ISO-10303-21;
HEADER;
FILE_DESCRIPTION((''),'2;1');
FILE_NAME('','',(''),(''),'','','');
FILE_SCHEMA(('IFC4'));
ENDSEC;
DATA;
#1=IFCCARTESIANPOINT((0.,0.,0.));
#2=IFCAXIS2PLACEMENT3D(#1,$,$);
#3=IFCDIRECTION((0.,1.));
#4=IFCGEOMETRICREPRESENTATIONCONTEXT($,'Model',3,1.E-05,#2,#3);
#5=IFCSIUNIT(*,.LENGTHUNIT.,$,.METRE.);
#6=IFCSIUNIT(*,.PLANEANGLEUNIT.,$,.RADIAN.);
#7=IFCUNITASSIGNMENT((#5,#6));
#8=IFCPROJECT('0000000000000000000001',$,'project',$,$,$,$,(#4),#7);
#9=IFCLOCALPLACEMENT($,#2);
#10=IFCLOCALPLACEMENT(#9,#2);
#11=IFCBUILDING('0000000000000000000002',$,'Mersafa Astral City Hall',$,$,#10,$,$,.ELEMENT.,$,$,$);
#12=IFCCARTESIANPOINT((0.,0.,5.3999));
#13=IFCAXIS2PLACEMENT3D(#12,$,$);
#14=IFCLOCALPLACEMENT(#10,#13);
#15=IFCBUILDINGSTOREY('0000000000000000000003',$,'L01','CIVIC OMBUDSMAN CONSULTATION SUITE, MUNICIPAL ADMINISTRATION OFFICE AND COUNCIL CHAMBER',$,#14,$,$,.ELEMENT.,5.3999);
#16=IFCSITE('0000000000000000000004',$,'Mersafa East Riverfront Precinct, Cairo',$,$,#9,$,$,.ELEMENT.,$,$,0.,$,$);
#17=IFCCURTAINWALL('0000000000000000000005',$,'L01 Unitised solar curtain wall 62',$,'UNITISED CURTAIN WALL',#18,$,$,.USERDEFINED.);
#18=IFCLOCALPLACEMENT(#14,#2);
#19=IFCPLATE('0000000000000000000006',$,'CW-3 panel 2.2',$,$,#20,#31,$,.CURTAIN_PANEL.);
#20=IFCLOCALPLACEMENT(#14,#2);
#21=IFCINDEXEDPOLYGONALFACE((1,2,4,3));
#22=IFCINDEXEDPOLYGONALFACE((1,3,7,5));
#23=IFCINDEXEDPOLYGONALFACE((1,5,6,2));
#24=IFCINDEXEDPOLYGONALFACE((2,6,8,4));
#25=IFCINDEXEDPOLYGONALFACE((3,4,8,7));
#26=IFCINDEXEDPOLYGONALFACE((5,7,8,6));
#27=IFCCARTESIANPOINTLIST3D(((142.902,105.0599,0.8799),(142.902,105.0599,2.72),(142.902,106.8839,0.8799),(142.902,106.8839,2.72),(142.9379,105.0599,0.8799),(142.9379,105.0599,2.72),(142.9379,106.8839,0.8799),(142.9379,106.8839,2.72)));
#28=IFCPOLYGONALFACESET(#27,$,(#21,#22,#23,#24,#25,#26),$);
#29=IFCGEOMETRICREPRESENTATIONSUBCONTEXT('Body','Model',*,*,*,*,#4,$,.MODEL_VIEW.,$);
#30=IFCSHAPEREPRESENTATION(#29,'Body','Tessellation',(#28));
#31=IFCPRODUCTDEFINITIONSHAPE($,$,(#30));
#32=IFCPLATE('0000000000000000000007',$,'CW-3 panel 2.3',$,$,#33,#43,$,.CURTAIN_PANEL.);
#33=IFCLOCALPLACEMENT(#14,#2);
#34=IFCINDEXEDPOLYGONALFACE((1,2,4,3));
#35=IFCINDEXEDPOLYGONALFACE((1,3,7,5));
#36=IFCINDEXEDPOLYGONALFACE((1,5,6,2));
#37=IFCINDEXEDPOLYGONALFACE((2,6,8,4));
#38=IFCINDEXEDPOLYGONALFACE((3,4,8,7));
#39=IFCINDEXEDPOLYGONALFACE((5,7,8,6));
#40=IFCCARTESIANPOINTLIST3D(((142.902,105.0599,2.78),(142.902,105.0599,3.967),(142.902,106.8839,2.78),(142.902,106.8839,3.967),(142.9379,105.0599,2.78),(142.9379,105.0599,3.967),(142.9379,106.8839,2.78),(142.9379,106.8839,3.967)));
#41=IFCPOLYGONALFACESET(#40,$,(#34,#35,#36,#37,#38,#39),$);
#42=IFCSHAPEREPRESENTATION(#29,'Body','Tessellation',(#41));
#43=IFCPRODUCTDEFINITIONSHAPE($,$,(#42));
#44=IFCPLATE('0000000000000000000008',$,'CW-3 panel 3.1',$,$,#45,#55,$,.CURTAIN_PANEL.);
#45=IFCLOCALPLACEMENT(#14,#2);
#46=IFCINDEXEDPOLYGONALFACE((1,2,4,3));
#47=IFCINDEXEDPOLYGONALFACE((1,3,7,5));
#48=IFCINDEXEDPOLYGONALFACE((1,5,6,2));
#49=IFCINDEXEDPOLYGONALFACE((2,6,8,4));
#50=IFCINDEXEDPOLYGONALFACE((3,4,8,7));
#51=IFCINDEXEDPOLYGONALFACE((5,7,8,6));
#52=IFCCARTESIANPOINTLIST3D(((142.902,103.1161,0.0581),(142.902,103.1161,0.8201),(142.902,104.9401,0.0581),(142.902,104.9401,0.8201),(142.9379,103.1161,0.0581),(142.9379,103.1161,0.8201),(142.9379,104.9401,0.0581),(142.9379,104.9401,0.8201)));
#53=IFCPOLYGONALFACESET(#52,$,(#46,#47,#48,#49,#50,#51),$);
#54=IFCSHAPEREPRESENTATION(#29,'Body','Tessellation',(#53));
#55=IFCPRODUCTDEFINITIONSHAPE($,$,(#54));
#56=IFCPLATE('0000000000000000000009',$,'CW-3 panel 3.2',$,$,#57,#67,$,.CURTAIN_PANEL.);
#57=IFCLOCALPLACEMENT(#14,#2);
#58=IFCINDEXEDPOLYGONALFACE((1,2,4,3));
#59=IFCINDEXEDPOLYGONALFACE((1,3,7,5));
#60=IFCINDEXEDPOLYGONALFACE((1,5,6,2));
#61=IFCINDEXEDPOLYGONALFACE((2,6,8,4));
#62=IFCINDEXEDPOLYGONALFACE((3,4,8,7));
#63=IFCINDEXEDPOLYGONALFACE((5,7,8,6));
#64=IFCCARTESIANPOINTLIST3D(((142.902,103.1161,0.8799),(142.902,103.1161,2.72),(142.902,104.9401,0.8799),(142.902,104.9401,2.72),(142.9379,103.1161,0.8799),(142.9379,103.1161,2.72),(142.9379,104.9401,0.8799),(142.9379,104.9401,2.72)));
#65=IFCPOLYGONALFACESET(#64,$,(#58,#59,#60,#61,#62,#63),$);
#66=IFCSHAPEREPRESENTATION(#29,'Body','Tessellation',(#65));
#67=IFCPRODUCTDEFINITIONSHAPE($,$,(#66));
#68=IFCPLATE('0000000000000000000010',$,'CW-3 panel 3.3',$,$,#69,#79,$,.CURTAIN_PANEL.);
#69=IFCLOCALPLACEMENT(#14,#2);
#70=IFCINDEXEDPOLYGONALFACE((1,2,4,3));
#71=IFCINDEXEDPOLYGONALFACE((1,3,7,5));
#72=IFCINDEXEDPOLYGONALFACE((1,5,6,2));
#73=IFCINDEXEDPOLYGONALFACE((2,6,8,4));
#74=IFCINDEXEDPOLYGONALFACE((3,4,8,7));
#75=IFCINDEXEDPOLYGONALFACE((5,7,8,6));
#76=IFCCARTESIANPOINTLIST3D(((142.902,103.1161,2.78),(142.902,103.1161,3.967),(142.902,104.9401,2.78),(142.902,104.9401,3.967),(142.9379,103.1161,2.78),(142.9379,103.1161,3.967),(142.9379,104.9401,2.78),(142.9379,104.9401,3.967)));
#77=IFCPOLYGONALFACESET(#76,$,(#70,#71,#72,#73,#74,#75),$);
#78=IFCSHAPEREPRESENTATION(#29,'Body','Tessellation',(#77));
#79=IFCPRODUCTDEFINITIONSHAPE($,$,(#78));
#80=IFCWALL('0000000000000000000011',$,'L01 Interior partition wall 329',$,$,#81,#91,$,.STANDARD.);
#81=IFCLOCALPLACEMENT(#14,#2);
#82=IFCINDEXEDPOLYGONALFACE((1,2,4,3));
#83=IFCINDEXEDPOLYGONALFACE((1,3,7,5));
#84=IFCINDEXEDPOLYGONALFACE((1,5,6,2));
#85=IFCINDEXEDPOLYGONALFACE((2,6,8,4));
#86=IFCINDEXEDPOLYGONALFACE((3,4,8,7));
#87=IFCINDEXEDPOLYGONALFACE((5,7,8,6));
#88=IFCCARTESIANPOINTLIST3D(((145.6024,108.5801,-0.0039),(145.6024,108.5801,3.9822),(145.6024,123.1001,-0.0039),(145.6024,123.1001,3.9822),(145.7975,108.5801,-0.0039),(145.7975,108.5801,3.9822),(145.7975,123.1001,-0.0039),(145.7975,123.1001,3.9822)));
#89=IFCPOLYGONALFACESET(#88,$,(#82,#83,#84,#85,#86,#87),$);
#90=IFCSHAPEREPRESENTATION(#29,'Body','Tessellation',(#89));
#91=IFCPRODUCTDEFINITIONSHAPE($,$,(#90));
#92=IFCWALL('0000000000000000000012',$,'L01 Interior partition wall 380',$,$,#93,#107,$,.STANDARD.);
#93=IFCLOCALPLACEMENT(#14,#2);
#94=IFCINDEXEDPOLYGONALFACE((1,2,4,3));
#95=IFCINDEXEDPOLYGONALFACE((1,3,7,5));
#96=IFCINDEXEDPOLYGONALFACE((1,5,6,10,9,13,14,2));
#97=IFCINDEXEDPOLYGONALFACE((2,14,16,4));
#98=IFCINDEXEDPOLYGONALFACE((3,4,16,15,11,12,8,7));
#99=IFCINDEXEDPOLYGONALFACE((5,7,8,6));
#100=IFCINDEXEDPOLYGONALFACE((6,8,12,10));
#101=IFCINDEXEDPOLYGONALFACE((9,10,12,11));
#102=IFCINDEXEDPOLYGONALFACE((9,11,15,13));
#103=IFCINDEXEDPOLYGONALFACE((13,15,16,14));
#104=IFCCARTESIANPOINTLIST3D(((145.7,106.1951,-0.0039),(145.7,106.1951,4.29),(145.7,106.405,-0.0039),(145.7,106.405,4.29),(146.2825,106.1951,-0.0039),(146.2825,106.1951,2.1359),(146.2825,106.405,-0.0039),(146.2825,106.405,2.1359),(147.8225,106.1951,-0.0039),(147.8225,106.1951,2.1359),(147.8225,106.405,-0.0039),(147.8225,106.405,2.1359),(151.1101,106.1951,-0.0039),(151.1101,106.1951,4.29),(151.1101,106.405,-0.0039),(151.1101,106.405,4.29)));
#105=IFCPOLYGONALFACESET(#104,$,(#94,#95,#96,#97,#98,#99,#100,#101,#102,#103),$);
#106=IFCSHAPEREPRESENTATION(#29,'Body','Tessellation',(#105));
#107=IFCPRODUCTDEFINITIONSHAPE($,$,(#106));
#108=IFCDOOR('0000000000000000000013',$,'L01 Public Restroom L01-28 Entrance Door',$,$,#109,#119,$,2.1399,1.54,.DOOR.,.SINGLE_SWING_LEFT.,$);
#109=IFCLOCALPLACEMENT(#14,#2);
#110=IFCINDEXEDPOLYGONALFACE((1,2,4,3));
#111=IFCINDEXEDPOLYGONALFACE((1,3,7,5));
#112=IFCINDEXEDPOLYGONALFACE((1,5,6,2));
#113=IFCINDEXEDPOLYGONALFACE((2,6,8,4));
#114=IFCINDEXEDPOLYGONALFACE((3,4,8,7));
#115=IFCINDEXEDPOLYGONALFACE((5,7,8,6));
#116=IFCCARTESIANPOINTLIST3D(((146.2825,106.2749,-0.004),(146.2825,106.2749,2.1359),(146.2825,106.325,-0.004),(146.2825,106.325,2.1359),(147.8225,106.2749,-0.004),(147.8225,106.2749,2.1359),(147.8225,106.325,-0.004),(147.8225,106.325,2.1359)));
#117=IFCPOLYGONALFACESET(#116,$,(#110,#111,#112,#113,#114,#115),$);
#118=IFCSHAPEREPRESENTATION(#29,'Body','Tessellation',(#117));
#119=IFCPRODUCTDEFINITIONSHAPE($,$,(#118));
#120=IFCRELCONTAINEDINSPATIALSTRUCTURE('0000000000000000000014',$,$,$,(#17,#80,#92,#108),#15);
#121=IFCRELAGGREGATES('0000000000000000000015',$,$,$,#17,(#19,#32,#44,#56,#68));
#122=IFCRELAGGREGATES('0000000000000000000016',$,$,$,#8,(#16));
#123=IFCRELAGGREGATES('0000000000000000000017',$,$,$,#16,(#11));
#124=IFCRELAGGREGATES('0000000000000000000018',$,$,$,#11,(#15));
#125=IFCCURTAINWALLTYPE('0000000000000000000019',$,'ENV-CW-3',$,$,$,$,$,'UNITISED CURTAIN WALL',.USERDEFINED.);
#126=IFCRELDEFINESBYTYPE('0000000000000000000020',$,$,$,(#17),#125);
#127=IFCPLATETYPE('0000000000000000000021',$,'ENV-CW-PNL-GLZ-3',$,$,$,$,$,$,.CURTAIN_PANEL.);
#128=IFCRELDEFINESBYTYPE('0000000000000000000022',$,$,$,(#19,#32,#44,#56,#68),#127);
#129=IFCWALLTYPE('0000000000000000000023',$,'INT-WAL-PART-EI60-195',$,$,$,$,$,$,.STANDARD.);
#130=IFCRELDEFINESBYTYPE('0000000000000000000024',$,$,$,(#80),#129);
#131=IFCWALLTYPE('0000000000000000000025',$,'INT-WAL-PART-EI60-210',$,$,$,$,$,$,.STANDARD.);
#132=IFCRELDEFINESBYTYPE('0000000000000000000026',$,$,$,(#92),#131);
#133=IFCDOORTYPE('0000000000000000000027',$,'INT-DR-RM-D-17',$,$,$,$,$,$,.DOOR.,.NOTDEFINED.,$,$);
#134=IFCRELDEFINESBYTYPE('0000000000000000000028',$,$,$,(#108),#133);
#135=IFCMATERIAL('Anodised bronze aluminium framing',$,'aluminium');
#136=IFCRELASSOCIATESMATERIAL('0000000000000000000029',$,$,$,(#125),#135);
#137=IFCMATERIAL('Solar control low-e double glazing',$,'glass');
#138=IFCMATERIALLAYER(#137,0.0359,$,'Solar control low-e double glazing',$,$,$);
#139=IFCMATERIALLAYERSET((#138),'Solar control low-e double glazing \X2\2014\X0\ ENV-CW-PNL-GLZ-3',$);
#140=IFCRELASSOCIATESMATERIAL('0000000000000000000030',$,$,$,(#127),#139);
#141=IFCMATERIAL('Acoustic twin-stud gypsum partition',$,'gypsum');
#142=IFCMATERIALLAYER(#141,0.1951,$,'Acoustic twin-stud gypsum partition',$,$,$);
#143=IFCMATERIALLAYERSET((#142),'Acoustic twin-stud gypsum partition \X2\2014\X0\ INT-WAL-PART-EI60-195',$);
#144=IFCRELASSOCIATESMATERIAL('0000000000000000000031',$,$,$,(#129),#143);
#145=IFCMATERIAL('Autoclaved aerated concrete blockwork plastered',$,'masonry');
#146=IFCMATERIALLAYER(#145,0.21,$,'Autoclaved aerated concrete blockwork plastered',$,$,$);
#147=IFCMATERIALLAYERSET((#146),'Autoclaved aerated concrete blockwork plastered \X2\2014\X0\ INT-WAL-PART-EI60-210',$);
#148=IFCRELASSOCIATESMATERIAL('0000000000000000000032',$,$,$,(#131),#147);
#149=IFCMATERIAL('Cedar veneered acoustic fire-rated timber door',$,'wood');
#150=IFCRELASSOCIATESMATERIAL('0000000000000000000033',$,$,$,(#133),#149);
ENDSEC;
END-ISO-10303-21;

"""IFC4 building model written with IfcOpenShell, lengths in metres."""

from ifc_helpers import new_model, si_unit, direction, frame, frame_2d, origin, origin_2d, place, context, subcontext, project, spatial, rectangle, extrude, material, layer, layer_set, type_object, element, fill, aggregate, save


model = new_model("IFC4")

# Units and contexts
model_context = context("Model", 3, precision=1e-05, world=origin(), true_north=direction((0.0, 1.0)))
body_context = subcontext(model_context, "Body", "Model", "MODEL_VIEW")
ifc_project = project(units=[si_unit("LENGTHUNIT", "METRE"), si_unit("PLANEANGLEUNIT", "RADIAN")], contexts=[model_context])

# Site, building, storey
site_placement = place(None, origin())
site = spatial("IfcSite", under=ifc_project, at=site_placement, Name="Mersafa East Riverfront Precinct, Cairo", CompositionType="ELEMENT", RefElevation=0.0)
building_placement = place(site_placement, origin())
building = spatial("IfcBuilding", under=site, at=building_placement, Name="Mersafa Astral City Hall", CompositionType="ELEMENT")
storey_placement = place(building_placement, frame((0.0, 0.0, 5.3999)))
storey = spatial("IfcBuildingStorey", under=building, at=storey_placement, Name="L01", Description="CIVIC OMBUDSMAN CONSULTATION SUITE, MUNICIPAL ADMINISTRATION OFFICE AND COUNCIL CHAMBER", CompositionType="ELEMENT", Elevation=5.3999)

# Curtain wall
ifc_material_1 = material(Name="Anodised bronze aluminium framing", Category="aluminium")
curtain_wall_type = type_object("IfcCurtainWallType", Name="ENV-CW-3", ElementType="UNITISED CURTAIN WALL", PredefinedType="USERDEFINED", material=ifc_material_1)
curtain_wall_placement = place(storey_placement, origin())
curtain_wall = element("IfcCurtainWall", 1, at=curtain_wall_placement, inside=storey, type_object=curtain_wall_type, Name="L01 Unitised solar curtain wall 62", ObjectType="UNITISED CURTAIN WALL", PredefinedType="USERDEFINED")

# Plates
ifc_material_2 = material(Name="Solar control low-e double glazing", Category="glass")
ifc_layer_1 = layer(ifc_material_2, 0.0359, Name="Solar control low-e double glazing")
ifc_layer_set_1 = layer_set([ifc_layer_1], Name="Solar control low-e double glazing — ENV-CW-PNL-GLZ-3")
plate_type = type_object("IfcPlateType", Name="ENV-CW-PNL-GLZ-3", PredefinedType="CURTAIN_PANEL", material=ifc_layer_set_1)
plate_1_placement = place(storey_placement, frame((142.9199, 105.9719, 0.8799), z_axis=(0.0, 0.0, 1.0), x_axis=(0.0, -1.0, 0.0)))
plate_1 = element("IfcPlate", 2, at=plate_1_placement, type_object=plate_type, Name="CW-3 panel 2.2", PredefinedType="CURTAIN_PANEL", context=body_context, shape_type="SweptSolid", body=[
    extrude(rectangle(XDim=1.824, YDim=0.0359, at=origin_2d()), origin(), (0.0, 0.0, 1.0), 1.8401),
])
plate_2_placement = place(storey_placement, frame((142.9199, 105.9719, 2.78), z_axis=(0.0, 0.0, 1.0), x_axis=(0.0, -1.0, 0.0)))
plate_2 = element("IfcPlate", 3, at=plate_2_placement, type_object=plate_type, Name="CW-3 panel 2.3", PredefinedType="CURTAIN_PANEL", context=body_context, shape_type="SweptSolid", body=[
    extrude(rectangle(XDim=1.824, YDim=0.0359, at=origin_2d()), origin(), (0.0, 0.0, 1.0), 1.187),
])
plate_3_placement = place(storey_placement, frame((142.9199, 104.0281, 0.0581), z_axis=(0.0, 0.0, 1.0), x_axis=(0.0, -1.0, 0.0)))
plate_3 = element("IfcPlate", 4, at=plate_3_placement, type_object=plate_type, Name="CW-3 panel 3.1", PredefinedType="CURTAIN_PANEL", context=body_context, shape_type="SweptSolid", body=[
    extrude(rectangle(XDim=1.824, YDim=0.0359, at=origin_2d()), origin(), (0.0, 0.0, 1.0), 0.762),
])
plate_4_placement = place(storey_placement, frame((142.9199, 104.0281, 0.8799), z_axis=(0.0, 0.0, 1.0), x_axis=(0.0, -1.0, 0.0)))
plate_4 = element("IfcPlate", 5, at=plate_4_placement, type_object=plate_type, Name="CW-3 panel 3.2", PredefinedType="CURTAIN_PANEL", context=body_context, shape_type="SweptSolid", body=[
    extrude(rectangle(XDim=1.824, YDim=0.0359, at=origin_2d()), origin(), (0.0, 0.0, 1.0), 1.8401),
])
plate_5_placement = place(storey_placement, frame((142.9199, 104.0281, 2.78), z_axis=(0.0, 0.0, 1.0), x_axis=(0.0, -1.0, 0.0)))
plate_5 = element("IfcPlate", 6, at=plate_5_placement, type_object=plate_type, Name="CW-3 panel 3.3", PredefinedType="CURTAIN_PANEL", context=body_context, shape_type="SweptSolid", body=[
    extrude(rectangle(XDim=1.824, YDim=0.0359, at=origin_2d()), origin(), (0.0, 0.0, 1.0), 1.187),
])
aggregate(curtain_wall, [plate_1, plate_2, plate_3, plate_4, plate_5])

# Wall
ifc_material_3 = material(Name="Acoustic twin-stud gypsum partition", Category="gypsum")
ifc_layer_2 = layer(ifc_material_3, 0.1951, Name="Acoustic twin-stud gypsum partition")
ifc_layer_set_2 = layer_set([ifc_layer_2], Name="Acoustic twin-stud gypsum partition — INT-WAL-PART-EI60-195")
wall_type_1 = type_object("IfcWallType", Name="INT-WAL-PART-EI60-195", PredefinedType="STANDARD", material=ifc_layer_set_2)
wall_1_placement = place(storey_placement, frame((145.7, 108.5801, -0.0039), z_axis=(0.0, 0.0, 1.0), x_axis=(0.0, 1.0, 0.0)))
element("IfcWall", 7, at=wall_1_placement, inside=storey, type_object=wall_type_1, Name="L01 Interior partition wall 329", PredefinedType="STANDARD", context=body_context, shape_type="SweptSolid", body=[
    extrude(rectangle(XDim=14.52, YDim=0.1951, at=frame_2d((7.26, 0.0))), origin(), (0.0, 0.0, 1.0), 3.9861),
])

# Wall, opening, door
ifc_material_4 = material(Name="Autoclaved aerated concrete blockwork plastered", Category="masonry")
ifc_layer_3 = layer(ifc_material_4, 0.21, Name="Autoclaved aerated concrete blockwork plastered")
ifc_layer_set_3 = layer_set([ifc_layer_3], Name="Autoclaved aerated concrete blockwork plastered — INT-WAL-PART-EI60-210")
wall_type_2 = type_object("IfcWallType", Name="INT-WAL-PART-EI60-210", PredefinedType="STANDARD", material=ifc_layer_set_3)
wall_2_placement = place(storey_placement, frame((145.7, 106.3, -0.0039), z_axis=(0.0, 0.0, 1.0), x_axis=(1.0, 0.0, 0.0)))
wall_2 = element("IfcWall", 8, at=wall_2_placement, inside=storey, type_object=wall_type_2, Name="L01 Interior partition wall 380", PredefinedType="STANDARD", context=body_context, shape_type="SweptSolid", body=[
    extrude(rectangle(XDim=5.4102, YDim=0.21, at=frame_2d((2.7051, 0.0))), origin(), (0.0, 0.0, 1.0), 4.2939),
])
opening_placement = place(wall_2_placement, frame((0.5825, 0.0, 0.0)))
opening = element("IfcOpeningElement", 9, at=opening_placement, cuts=wall_2, PredefinedType="OPENING", context=body_context, shape_type="SweptSolid", body=[
    extrude(rectangle(XDim=1.54, YDim=2.1399, at=frame_2d((0.77, 1.0698))), frame((0.0, 0.115, 0.0), z_axis=(0.0, -1.0, 0.0), x_axis=(1.0, 0.0, 0.0)), (0.0, 0.0, 1.0), 0.23),
])
ifc_material_5 = material(Name="Cedar veneered acoustic fire-rated timber door", Category="wood")
door_type = type_object("IfcDoorType", Name="INT-DR-RM-D-17", OperationType="NOTDEFINED", PredefinedType="DOOR", material=ifc_material_5)
door_placement = place(opening_placement, origin())
door = element("IfcDoor", 10, at=door_placement, inside=storey, type_object=door_type, Name="L01 Public Restroom L01-28 Entrance Door", OperationType="SINGLE_SWING_LEFT", OverallHeight=2.1399, OverallWidth=1.54, PredefinedType="DOOR", context=body_context, shape_type="SweptSolid", body=[
    extrude(rectangle(XDim=1.54, YDim=2.1399, at=frame_2d((0.77, 1.0698))), frame((0.0, 0.0249, 0.0), z_axis=(0.0, -1.0, 0.0), x_axis=(1.0, 0.0, 0.0)), (0.0, 0.0, 1.0), 0.05),
])
fill(opening, door)

save(model, "model.ifc")
